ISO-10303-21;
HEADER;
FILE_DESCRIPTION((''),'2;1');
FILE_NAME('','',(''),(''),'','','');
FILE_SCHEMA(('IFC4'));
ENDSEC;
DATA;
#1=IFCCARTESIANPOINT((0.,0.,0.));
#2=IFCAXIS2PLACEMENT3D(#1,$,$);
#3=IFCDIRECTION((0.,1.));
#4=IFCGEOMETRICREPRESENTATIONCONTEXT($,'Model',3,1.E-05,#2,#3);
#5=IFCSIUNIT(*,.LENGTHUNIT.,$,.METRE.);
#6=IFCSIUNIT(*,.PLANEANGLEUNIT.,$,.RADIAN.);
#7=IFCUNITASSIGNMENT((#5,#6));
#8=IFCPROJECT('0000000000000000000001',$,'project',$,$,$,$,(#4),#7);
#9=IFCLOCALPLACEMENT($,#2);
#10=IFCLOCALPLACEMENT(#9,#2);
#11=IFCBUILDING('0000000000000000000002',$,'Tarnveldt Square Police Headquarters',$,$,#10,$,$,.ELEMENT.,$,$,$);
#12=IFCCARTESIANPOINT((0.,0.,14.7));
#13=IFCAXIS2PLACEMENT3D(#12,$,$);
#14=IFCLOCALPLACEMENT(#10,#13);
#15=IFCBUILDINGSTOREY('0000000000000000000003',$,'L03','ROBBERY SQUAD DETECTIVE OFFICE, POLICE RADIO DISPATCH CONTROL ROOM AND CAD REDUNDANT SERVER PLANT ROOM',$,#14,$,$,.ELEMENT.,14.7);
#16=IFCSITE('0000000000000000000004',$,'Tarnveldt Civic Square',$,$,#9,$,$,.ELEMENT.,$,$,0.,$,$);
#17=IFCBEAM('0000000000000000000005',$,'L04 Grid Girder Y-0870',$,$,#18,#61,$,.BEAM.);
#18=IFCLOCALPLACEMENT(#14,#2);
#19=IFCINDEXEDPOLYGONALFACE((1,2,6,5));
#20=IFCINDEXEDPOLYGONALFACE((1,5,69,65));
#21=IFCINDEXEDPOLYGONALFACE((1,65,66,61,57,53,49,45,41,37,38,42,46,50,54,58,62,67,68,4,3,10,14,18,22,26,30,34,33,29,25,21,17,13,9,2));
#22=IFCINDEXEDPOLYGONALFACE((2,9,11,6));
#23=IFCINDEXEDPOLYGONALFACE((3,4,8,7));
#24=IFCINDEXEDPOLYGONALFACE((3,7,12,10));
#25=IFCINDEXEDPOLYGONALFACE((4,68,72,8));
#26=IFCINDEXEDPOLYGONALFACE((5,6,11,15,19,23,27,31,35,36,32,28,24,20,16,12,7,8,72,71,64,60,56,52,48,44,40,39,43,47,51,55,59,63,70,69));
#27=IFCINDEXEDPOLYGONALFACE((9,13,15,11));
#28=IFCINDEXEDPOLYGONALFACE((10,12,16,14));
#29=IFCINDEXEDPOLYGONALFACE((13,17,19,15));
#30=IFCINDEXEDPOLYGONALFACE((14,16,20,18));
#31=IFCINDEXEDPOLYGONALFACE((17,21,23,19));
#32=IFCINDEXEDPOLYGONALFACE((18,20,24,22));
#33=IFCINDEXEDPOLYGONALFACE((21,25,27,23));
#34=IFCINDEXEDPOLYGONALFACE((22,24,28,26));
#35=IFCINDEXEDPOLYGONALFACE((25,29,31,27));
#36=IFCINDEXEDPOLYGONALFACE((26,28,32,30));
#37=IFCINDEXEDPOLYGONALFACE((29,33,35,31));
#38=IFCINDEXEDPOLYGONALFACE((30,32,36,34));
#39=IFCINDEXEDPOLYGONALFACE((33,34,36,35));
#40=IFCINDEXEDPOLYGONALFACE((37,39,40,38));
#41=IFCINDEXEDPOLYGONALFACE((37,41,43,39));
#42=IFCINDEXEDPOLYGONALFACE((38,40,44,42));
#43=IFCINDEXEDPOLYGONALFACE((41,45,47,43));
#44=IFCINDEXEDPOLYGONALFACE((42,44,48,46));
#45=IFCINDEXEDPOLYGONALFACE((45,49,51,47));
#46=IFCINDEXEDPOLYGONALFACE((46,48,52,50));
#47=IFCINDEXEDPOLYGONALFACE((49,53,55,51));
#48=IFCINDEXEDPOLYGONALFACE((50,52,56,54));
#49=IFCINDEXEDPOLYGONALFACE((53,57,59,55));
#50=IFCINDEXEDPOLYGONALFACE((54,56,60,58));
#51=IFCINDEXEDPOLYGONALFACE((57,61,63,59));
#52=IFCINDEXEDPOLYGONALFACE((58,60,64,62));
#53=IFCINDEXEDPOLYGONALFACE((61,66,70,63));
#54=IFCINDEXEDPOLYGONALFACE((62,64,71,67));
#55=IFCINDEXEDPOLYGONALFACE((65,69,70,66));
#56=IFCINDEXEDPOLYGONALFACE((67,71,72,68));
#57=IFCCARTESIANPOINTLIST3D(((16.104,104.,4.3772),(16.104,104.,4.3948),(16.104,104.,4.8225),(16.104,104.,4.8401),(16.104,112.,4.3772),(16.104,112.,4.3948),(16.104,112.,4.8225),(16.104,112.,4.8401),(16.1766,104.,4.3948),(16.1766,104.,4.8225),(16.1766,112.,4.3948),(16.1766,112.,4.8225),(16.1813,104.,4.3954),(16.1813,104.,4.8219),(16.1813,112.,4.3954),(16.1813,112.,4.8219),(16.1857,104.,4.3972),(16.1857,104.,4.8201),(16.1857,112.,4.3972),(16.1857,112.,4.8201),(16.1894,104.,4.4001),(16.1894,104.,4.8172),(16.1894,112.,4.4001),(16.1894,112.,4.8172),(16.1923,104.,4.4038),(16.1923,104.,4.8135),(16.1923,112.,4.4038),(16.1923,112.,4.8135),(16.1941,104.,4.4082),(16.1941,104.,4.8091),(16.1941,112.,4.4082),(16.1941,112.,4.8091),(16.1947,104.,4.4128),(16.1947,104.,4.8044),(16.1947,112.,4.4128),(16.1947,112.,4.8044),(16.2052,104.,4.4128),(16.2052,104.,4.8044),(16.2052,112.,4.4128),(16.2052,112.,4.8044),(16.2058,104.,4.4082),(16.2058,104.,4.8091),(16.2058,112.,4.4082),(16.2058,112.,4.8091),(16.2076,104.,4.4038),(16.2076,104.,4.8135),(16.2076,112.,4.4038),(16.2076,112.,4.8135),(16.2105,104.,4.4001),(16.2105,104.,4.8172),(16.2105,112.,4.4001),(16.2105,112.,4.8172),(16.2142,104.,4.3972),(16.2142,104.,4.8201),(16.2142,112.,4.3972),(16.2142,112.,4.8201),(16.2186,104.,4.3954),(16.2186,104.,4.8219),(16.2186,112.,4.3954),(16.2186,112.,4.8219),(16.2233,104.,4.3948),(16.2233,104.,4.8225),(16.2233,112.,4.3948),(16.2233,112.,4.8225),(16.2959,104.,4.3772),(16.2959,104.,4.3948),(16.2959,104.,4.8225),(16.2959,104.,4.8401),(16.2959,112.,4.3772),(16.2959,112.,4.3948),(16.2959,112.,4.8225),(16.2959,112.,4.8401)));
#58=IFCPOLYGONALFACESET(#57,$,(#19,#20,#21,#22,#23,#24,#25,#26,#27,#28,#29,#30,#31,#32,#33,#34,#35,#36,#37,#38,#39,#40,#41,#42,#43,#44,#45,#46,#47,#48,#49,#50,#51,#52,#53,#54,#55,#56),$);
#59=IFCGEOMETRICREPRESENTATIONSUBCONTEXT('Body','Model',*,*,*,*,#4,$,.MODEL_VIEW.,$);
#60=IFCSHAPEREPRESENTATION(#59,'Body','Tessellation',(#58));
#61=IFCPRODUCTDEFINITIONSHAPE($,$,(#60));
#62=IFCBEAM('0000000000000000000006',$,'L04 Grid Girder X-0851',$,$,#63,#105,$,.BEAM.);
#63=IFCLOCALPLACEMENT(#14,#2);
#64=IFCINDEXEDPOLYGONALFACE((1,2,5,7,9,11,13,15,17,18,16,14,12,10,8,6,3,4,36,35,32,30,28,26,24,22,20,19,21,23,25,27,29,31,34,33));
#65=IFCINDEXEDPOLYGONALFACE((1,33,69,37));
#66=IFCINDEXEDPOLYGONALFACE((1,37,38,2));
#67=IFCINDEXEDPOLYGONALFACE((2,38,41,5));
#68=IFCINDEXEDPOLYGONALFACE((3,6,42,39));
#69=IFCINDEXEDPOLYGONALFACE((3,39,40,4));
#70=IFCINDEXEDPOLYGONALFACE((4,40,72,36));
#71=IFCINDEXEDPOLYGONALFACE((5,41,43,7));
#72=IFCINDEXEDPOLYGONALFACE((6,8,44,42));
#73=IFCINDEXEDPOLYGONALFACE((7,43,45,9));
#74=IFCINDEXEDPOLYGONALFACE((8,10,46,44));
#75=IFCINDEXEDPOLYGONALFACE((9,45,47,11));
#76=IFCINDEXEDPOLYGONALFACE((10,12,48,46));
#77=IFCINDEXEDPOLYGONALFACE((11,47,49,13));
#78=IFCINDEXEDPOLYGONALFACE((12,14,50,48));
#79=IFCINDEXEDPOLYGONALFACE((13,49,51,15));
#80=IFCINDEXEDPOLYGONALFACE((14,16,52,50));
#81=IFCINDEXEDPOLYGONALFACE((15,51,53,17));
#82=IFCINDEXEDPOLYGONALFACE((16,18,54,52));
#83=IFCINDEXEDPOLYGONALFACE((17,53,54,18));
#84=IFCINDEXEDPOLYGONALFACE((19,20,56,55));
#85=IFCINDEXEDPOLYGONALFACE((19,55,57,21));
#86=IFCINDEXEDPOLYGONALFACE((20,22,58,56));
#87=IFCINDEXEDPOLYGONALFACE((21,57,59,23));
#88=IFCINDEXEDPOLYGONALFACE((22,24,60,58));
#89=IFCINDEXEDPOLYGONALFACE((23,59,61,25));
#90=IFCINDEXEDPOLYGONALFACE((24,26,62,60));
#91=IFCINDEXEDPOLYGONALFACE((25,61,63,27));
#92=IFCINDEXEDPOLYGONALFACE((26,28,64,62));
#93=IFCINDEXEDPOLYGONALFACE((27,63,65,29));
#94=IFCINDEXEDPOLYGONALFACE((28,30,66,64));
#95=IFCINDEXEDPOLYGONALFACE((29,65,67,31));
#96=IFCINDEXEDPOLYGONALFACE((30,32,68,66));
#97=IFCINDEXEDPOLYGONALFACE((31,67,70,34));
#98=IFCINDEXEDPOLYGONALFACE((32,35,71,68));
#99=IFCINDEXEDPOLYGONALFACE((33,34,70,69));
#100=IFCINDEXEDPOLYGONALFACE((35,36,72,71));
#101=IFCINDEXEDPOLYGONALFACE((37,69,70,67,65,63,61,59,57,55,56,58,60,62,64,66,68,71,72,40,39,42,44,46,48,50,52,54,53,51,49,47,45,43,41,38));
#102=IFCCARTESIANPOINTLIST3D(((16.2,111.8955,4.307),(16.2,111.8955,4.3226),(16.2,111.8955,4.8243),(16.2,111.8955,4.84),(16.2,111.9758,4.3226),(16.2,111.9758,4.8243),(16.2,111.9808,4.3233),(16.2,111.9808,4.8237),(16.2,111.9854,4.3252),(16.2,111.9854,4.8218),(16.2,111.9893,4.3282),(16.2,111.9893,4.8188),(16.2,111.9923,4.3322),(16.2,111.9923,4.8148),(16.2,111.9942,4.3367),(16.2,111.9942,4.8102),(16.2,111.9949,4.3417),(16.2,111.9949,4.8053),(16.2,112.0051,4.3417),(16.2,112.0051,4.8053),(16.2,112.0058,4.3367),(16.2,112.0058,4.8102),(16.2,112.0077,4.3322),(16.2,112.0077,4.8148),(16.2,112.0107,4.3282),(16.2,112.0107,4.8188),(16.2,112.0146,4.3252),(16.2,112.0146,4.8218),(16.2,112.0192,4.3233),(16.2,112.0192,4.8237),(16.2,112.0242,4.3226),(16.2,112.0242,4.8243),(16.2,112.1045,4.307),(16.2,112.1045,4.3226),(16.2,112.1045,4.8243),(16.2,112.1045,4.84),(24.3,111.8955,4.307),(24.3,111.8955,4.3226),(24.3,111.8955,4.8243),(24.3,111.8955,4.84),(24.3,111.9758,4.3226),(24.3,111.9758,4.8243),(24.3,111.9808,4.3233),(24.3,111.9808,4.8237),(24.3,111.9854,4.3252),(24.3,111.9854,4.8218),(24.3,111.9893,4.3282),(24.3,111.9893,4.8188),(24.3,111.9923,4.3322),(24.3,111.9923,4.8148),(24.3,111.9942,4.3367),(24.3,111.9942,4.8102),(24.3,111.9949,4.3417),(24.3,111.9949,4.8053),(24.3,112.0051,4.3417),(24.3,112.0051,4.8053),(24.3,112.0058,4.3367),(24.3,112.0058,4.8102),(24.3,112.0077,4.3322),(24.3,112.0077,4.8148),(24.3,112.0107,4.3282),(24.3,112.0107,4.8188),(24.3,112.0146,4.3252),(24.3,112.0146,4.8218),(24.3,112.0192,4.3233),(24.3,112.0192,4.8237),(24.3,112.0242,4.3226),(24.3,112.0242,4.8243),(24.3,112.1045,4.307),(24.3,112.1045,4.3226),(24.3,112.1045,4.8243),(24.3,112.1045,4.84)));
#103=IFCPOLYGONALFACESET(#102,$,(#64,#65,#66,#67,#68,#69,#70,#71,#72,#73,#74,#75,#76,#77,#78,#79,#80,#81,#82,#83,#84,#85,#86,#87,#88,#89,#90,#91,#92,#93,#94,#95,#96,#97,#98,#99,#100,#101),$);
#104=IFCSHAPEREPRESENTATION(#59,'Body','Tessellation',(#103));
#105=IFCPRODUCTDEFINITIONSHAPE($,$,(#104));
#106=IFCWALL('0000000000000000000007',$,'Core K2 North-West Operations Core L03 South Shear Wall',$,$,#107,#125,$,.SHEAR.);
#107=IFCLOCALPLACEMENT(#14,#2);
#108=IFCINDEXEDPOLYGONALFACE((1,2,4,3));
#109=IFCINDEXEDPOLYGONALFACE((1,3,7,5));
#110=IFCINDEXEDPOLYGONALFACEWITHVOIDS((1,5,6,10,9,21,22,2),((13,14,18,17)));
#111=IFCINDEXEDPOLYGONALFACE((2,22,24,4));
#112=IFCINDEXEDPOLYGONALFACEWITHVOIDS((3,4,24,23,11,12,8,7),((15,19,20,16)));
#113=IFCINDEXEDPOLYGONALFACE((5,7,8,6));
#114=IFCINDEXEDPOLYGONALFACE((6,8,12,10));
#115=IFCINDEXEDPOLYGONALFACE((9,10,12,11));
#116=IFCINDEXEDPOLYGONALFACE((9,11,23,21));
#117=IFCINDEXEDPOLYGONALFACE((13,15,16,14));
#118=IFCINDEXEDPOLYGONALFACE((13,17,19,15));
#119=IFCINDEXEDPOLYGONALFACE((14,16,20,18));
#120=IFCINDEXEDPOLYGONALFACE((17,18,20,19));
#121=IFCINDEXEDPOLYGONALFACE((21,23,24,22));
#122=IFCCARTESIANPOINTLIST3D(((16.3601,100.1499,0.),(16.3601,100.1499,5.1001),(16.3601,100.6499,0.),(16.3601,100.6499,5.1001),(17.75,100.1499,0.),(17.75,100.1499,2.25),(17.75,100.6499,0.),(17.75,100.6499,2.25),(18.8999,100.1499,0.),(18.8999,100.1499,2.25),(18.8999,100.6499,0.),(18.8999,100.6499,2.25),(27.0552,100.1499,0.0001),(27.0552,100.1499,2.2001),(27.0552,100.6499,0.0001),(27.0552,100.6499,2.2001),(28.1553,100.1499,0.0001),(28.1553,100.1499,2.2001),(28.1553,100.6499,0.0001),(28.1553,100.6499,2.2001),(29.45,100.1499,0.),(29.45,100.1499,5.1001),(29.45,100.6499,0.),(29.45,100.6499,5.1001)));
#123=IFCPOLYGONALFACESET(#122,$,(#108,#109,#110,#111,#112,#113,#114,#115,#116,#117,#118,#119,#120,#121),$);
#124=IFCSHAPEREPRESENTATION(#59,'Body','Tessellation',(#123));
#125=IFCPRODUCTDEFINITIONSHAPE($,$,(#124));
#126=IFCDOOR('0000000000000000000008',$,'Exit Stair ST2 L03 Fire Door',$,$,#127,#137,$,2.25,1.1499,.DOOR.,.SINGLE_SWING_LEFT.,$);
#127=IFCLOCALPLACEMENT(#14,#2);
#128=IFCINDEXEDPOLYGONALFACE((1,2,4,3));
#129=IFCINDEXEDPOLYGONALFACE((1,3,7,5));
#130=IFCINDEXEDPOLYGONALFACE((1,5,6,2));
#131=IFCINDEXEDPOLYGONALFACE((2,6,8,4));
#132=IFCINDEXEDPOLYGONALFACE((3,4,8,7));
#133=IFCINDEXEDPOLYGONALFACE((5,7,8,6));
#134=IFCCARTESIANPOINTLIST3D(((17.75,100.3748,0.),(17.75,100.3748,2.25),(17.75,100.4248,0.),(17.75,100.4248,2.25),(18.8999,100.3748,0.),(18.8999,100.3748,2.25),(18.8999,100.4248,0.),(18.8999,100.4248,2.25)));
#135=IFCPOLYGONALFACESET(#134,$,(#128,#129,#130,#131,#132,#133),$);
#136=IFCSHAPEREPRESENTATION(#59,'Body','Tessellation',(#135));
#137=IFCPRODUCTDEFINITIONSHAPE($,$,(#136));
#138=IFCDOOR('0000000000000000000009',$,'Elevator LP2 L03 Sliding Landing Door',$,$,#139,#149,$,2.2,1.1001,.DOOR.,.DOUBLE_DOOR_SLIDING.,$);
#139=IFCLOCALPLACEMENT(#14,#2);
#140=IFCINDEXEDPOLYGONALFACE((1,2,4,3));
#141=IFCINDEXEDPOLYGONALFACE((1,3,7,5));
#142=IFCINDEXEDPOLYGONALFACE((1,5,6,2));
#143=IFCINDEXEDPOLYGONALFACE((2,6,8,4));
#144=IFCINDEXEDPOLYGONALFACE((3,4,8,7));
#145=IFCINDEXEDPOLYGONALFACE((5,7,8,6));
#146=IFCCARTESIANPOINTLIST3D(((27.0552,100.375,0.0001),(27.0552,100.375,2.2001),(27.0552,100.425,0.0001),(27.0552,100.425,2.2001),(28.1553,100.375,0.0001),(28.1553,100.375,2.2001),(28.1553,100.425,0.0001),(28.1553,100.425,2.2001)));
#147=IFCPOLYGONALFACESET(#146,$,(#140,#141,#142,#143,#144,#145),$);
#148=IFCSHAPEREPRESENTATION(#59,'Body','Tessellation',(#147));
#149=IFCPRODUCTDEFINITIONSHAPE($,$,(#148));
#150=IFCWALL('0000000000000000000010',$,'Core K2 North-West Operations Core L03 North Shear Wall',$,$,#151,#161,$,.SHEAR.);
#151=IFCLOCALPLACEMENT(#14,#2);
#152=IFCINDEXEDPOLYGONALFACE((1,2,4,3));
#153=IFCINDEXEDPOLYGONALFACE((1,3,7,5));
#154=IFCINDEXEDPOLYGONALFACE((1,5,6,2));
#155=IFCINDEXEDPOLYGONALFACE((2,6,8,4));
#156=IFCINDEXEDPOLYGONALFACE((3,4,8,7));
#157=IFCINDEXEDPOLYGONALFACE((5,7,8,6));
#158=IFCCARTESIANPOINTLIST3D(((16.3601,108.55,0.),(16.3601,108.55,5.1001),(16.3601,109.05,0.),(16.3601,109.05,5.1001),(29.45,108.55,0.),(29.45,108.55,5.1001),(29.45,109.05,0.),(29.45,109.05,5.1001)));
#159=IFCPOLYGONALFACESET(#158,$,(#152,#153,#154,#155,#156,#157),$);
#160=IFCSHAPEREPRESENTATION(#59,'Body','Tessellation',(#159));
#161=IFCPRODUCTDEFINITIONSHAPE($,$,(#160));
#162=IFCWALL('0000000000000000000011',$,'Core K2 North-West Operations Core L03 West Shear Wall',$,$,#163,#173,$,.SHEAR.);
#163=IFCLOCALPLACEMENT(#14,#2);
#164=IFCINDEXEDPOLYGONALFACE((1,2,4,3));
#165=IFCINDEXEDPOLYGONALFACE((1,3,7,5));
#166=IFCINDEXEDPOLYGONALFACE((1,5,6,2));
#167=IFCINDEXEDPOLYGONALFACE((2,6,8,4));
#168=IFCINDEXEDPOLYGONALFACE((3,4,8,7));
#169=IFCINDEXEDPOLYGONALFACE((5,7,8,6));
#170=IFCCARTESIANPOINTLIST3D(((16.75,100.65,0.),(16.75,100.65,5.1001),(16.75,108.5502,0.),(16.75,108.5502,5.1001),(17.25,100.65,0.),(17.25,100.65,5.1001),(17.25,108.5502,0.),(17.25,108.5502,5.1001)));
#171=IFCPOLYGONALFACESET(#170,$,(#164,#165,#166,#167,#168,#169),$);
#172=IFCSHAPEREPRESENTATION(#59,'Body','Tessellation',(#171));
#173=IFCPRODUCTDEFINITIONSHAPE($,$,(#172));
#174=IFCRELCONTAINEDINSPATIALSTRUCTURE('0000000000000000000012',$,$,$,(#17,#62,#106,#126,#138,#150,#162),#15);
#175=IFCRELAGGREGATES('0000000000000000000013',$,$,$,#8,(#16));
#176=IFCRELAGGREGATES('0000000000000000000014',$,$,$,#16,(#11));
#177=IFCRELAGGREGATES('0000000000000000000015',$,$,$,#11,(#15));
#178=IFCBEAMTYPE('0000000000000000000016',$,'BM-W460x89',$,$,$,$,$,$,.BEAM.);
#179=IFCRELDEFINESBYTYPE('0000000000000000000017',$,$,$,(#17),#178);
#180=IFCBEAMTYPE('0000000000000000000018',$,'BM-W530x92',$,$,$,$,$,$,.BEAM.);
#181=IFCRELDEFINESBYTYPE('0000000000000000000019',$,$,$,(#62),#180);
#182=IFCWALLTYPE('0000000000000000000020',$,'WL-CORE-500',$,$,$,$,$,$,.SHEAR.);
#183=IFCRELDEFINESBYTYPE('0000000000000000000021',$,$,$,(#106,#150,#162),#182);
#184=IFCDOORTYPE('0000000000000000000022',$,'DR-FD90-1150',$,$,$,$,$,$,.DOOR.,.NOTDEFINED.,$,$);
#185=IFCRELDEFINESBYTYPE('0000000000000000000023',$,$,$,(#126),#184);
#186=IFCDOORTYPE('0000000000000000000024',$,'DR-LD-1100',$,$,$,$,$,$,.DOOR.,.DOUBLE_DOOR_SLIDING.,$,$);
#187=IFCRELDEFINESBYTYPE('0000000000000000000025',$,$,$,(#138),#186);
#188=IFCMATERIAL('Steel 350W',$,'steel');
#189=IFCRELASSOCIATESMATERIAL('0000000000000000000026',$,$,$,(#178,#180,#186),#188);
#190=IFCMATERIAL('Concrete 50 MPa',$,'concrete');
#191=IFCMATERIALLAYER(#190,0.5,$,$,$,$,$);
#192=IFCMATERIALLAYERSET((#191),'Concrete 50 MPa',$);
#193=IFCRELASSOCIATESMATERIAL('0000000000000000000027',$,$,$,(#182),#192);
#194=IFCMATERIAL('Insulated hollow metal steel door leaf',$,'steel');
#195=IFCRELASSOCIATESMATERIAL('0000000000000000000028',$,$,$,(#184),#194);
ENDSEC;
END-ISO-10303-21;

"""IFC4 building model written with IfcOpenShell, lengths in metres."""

from ifc_helpers import new_model, si_unit, direction, frame, frame_2d, origin, origin_2d, place, context, subcontext, project, spatial, rectangle, i_section, extrude, material, layer, layer_set, material_profile, profile_set, type_object, element, fill, save


model = new_model("IFC4")

# Units and contexts
model_context = context("Model", 3, precision=1e-05, world=origin(), true_north=direction((0.0, 1.0)))
body_context = subcontext(model_context, "Body", "Model", "MODEL_VIEW")
ifc_project = project(units=[si_unit("LENGTHUNIT", "METRE"), si_unit("PLANEANGLEUNIT", "RADIAN")], contexts=[model_context])

# Site, building, storey
site_placement = place(None, origin())
site = spatial("IfcSite", under=ifc_project, at=site_placement, Name="Tarnveldt Civic Square", CompositionType="ELEMENT", RefElevation=0.0)
building_placement = place(site_placement, origin())
building = spatial("IfcBuilding", under=site, at=building_placement, Name="Tarnveldt Square Police Headquarters", CompositionType="ELEMENT")
storey_placement = place(building_placement, frame((0.0, 0.0, 14.7)))
storey = spatial("IfcBuildingStorey", under=building, at=storey_placement, Name="L03", Description="ROBBERY SQUAD DETECTIVE OFFICE, POLICE RADIO DISPATCH CONTROL ROOM AND CAD REDUNDANT SERVER PLANT ROOM", CompositionType="ELEMENT", Elevation=14.7)

# Beams
ifc_material_1 = material(Name="Concrete 50 MPa", Category="concrete")
ifc_material_2 = material(Name="Steel 350W", Category="steel")
ifc_material_profile_1 = material_profile(ifc_material_2, i_section(OverallWidth=0.1919, OverallDepth=0.4629, WebThickness=0.0105, FlangeThickness=0.0176, FilletRadius=0.0181, at=origin_2d()), Name="W460x89")
ifc_profile_set_1 = profile_set([ifc_material_profile_1], Name="Steel 350W")
beam_type_1 = type_object("IfcBeamType", Name="BM-W460x89", PredefinedType="BEAM", material=ifc_profile_set_1)
for number, where, z_axis, x_axis, name in (
    (1, (16.2, 104.0, 4.6086), (0.0, 1.0, 0.0), (-1.0, 0.0, 0.0), "L04 Grid Girder Y-0870"),
):
    element("IfcBeam", number, at=place(storey_placement, frame(where, z_axis=z_axis, x_axis=x_axis)), inside=storey, type_object=beam_type_1, Name=name, PredefinedType="BEAM", context=body_context, shape_type="SweptSolid", body=[
        extrude(i_section(OverallWidth=0.1919, OverallDepth=0.4629, WebThickness=0.0105, FlangeThickness=0.0176, FilletRadius=0.0181, at=origin_2d()), origin(), (0.0, 0.0, 1.0), 8.0),
    ])
ifc_material_profile_2 = material_profile(ifc_material_2, i_section(OverallWidth=0.209, OverallDepth=0.533, WebThickness=0.0103, FlangeThickness=0.0156, FilletRadius=0.019, at=origin_2d()), Name="W530x92")
ifc_profile_set_2 = profile_set([ifc_material_profile_2], Name="Steel 350W")
beam_type_2 = type_object("IfcBeamType", Name="BM-W530x92", PredefinedType="BEAM", material=ifc_profile_set_2)
beam_1_placement = place(storey_placement, frame((16.2, 112.0, 4.5735), z_axis=(1.0, 0.0, 0.0), x_axis=(0.0, 1.0, 0.0)))
element("IfcBeam", 2, at=beam_1_placement, inside=storey, type_object=beam_type_2, Name="L04 Grid Girder X-0851", PredefinedType="BEAM", context=body_context, shape_type="SweptSolid", body=[
    extrude(i_section(OverallWidth=0.209, OverallDepth=0.533, WebThickness=0.0103, FlangeThickness=0.0156, FilletRadius=0.019, at=origin_2d()), origin(), (0.0, 0.0, 1.0), 8.1001),
])

# Wall, openings, doors
ifc_layer_1 = layer(ifc_material_1, 0.5)
ifc_layer_set_1 = layer_set([ifc_layer_1], Name="Concrete 50 MPa")
wall_type_1 = type_object("IfcWallType", Name="WL-CORE-500", PredefinedType="SHEAR", material=ifc_layer_set_1)
wall_1_placement = place(storey_placement, frame((16.3601, 100.3999, 0.0), z_axis=(0.0, 0.0, 1.0), x_axis=(1.0, 0.0, 0.0)))
wall_1 = element("IfcWall", 3, at=wall_1_placement, inside=storey, type_object=wall_type_1, Name="Core K2 North-West Operations Core L03 South Shear Wall", PredefinedType="SHEAR", context=body_context, shape_type="SweptSolid", body=[
    extrude(rectangle(XDim=13.0898, YDim=0.5, at=frame_2d((6.5449, 0.0))), origin(), (0.0, 0.0, 1.0), 5.1001),
])
opening_1_placement = place(wall_1_placement, frame((1.3899, 0.0, 0.0)))
opening_1 = element("IfcOpeningElement", 4, at=opening_1_placement, cuts=wall_1, PredefinedType="OPENING", context=body_context, shape_type="SweptSolid", body=[
    extrude(rectangle(XDim=1.1499, YDim=2.25, at=frame_2d((0.575, 1.125))), frame((0.0, 0.26, 0.0), z_axis=(0.0, -1.0, 0.0), x_axis=(1.0, 0.0, 0.0)), (0.0, 0.0, 1.0), 0.52),
])
opening_2_placement = place(wall_1_placement, frame((10.6951, 0.0, 0.0)))
opening_2 = element("IfcOpeningElement", 5, at=opening_2_placement, cuts=wall_1, PredefinedType="OPENING", context=body_context, shape_type="SweptSolid", body=[
    extrude(rectangle(XDim=1.1001, YDim=2.2, at=frame_2d((0.55, 1.1001))), frame((0.0, 0.26, 0.0), z_axis=(0.0, -1.0, 0.0), x_axis=(1.0, 0.0, 0.0)), (0.0, 0.0, 1.0), 0.52),
])
ifc_material_3 = material(Name="Insulated hollow metal steel door leaf", Category="steel")
door_type_1 = type_object("IfcDoorType", Name="DR-FD90-1150", OperationType="NOTDEFINED", PredefinedType="DOOR", material=ifc_material_3)
door_1_placement = place(opening_1_placement, origin())
door_1 = element("IfcDoor", 6, at=door_1_placement, inside=storey, type_object=door_type_1, Name="Exit Stair ST2 L03 Fire Door", OperationType="SINGLE_SWING_LEFT", OverallHeight=2.25, OverallWidth=1.1499, PredefinedType="DOOR", context=body_context, shape_type="SweptSolid", body=[
    extrude(rectangle(XDim=1.1499, YDim=2.25, at=frame_2d((0.575, 1.125))), frame((0.0, 0.0249, 0.0), z_axis=(0.0, -1.0, 0.0), x_axis=(1.0, 0.0, 0.0)), (0.0, 0.0, 1.0), 0.05),
])
fill(opening_1, door_1)
door_type_2 = type_object("IfcDoorType", Name="DR-LD-1100", OperationType="DOUBLE_DOOR_SLIDING", PredefinedType="DOOR", material=ifc_material_2)
door_2_placement = place(opening_2_placement, frame((1.1001, 0.0, 0.0), z_axis=(0.0, 0.0, 1.0), x_axis=(-1.0, 0.0, 0.0)))
door_2 = element("IfcDoor", 7, at=door_2_placement, inside=storey, type_object=door_type_2, Name="Elevator LP2 L03 Sliding Landing Door", OperationType="DOUBLE_DOOR_SLIDING", OverallHeight=2.2, OverallWidth=1.1001, PredefinedType="DOOR", context=body_context, shape_type="SweptSolid", body=[
    extrude(rectangle(XDim=1.1001, YDim=2.2, at=frame_2d((0.55, 1.1001))), frame((0.0, 0.0249, 0.0), z_axis=(0.0, -1.0, 0.0), x_axis=(1.0, 0.0, 0.0)), (0.0, 0.0, 1.0), 0.05),
])
fill(opening_2, door_2)

# Walls
wall_2_placement = place(storey_placement, frame((16.3601, 108.8, 0.0), z_axis=(0.0, 0.0, 1.0), x_axis=(1.0, 0.0, 0.0)))
element("IfcWall", 8, at=wall_2_placement, inside=storey, type_object=wall_type_1, Name="Core K2 North-West Operations Core L03 North Shear Wall", PredefinedType="SHEAR", context=body_context, shape_type="SweptSolid", body=[
    extrude(rectangle(XDim=13.0898, YDim=0.5, at=frame_2d((6.5449, 0.0))), origin(), (0.0, 0.0, 1.0), 5.1001),
])
wall_3_placement = place(storey_placement, frame((17.0, 100.6499, 0.0), z_axis=(0.0, 0.0, 1.0), x_axis=(0.0, 1.0, 0.0)))
element("IfcWall", 9, at=wall_3_placement, inside=storey, type_object=wall_type_1, Name="Core K2 North-West Operations Core L03 West Shear Wall", PredefinedType="SHEAR", context=body_context, shape_type="SweptSolid", body=[
    extrude(rectangle(XDim=7.9001, YDim=0.5, at=frame_2d((3.9502, 0.0))), origin(), (0.0, 0.0, 1.0), 5.1001),
])

save(model, "model.ifc")
